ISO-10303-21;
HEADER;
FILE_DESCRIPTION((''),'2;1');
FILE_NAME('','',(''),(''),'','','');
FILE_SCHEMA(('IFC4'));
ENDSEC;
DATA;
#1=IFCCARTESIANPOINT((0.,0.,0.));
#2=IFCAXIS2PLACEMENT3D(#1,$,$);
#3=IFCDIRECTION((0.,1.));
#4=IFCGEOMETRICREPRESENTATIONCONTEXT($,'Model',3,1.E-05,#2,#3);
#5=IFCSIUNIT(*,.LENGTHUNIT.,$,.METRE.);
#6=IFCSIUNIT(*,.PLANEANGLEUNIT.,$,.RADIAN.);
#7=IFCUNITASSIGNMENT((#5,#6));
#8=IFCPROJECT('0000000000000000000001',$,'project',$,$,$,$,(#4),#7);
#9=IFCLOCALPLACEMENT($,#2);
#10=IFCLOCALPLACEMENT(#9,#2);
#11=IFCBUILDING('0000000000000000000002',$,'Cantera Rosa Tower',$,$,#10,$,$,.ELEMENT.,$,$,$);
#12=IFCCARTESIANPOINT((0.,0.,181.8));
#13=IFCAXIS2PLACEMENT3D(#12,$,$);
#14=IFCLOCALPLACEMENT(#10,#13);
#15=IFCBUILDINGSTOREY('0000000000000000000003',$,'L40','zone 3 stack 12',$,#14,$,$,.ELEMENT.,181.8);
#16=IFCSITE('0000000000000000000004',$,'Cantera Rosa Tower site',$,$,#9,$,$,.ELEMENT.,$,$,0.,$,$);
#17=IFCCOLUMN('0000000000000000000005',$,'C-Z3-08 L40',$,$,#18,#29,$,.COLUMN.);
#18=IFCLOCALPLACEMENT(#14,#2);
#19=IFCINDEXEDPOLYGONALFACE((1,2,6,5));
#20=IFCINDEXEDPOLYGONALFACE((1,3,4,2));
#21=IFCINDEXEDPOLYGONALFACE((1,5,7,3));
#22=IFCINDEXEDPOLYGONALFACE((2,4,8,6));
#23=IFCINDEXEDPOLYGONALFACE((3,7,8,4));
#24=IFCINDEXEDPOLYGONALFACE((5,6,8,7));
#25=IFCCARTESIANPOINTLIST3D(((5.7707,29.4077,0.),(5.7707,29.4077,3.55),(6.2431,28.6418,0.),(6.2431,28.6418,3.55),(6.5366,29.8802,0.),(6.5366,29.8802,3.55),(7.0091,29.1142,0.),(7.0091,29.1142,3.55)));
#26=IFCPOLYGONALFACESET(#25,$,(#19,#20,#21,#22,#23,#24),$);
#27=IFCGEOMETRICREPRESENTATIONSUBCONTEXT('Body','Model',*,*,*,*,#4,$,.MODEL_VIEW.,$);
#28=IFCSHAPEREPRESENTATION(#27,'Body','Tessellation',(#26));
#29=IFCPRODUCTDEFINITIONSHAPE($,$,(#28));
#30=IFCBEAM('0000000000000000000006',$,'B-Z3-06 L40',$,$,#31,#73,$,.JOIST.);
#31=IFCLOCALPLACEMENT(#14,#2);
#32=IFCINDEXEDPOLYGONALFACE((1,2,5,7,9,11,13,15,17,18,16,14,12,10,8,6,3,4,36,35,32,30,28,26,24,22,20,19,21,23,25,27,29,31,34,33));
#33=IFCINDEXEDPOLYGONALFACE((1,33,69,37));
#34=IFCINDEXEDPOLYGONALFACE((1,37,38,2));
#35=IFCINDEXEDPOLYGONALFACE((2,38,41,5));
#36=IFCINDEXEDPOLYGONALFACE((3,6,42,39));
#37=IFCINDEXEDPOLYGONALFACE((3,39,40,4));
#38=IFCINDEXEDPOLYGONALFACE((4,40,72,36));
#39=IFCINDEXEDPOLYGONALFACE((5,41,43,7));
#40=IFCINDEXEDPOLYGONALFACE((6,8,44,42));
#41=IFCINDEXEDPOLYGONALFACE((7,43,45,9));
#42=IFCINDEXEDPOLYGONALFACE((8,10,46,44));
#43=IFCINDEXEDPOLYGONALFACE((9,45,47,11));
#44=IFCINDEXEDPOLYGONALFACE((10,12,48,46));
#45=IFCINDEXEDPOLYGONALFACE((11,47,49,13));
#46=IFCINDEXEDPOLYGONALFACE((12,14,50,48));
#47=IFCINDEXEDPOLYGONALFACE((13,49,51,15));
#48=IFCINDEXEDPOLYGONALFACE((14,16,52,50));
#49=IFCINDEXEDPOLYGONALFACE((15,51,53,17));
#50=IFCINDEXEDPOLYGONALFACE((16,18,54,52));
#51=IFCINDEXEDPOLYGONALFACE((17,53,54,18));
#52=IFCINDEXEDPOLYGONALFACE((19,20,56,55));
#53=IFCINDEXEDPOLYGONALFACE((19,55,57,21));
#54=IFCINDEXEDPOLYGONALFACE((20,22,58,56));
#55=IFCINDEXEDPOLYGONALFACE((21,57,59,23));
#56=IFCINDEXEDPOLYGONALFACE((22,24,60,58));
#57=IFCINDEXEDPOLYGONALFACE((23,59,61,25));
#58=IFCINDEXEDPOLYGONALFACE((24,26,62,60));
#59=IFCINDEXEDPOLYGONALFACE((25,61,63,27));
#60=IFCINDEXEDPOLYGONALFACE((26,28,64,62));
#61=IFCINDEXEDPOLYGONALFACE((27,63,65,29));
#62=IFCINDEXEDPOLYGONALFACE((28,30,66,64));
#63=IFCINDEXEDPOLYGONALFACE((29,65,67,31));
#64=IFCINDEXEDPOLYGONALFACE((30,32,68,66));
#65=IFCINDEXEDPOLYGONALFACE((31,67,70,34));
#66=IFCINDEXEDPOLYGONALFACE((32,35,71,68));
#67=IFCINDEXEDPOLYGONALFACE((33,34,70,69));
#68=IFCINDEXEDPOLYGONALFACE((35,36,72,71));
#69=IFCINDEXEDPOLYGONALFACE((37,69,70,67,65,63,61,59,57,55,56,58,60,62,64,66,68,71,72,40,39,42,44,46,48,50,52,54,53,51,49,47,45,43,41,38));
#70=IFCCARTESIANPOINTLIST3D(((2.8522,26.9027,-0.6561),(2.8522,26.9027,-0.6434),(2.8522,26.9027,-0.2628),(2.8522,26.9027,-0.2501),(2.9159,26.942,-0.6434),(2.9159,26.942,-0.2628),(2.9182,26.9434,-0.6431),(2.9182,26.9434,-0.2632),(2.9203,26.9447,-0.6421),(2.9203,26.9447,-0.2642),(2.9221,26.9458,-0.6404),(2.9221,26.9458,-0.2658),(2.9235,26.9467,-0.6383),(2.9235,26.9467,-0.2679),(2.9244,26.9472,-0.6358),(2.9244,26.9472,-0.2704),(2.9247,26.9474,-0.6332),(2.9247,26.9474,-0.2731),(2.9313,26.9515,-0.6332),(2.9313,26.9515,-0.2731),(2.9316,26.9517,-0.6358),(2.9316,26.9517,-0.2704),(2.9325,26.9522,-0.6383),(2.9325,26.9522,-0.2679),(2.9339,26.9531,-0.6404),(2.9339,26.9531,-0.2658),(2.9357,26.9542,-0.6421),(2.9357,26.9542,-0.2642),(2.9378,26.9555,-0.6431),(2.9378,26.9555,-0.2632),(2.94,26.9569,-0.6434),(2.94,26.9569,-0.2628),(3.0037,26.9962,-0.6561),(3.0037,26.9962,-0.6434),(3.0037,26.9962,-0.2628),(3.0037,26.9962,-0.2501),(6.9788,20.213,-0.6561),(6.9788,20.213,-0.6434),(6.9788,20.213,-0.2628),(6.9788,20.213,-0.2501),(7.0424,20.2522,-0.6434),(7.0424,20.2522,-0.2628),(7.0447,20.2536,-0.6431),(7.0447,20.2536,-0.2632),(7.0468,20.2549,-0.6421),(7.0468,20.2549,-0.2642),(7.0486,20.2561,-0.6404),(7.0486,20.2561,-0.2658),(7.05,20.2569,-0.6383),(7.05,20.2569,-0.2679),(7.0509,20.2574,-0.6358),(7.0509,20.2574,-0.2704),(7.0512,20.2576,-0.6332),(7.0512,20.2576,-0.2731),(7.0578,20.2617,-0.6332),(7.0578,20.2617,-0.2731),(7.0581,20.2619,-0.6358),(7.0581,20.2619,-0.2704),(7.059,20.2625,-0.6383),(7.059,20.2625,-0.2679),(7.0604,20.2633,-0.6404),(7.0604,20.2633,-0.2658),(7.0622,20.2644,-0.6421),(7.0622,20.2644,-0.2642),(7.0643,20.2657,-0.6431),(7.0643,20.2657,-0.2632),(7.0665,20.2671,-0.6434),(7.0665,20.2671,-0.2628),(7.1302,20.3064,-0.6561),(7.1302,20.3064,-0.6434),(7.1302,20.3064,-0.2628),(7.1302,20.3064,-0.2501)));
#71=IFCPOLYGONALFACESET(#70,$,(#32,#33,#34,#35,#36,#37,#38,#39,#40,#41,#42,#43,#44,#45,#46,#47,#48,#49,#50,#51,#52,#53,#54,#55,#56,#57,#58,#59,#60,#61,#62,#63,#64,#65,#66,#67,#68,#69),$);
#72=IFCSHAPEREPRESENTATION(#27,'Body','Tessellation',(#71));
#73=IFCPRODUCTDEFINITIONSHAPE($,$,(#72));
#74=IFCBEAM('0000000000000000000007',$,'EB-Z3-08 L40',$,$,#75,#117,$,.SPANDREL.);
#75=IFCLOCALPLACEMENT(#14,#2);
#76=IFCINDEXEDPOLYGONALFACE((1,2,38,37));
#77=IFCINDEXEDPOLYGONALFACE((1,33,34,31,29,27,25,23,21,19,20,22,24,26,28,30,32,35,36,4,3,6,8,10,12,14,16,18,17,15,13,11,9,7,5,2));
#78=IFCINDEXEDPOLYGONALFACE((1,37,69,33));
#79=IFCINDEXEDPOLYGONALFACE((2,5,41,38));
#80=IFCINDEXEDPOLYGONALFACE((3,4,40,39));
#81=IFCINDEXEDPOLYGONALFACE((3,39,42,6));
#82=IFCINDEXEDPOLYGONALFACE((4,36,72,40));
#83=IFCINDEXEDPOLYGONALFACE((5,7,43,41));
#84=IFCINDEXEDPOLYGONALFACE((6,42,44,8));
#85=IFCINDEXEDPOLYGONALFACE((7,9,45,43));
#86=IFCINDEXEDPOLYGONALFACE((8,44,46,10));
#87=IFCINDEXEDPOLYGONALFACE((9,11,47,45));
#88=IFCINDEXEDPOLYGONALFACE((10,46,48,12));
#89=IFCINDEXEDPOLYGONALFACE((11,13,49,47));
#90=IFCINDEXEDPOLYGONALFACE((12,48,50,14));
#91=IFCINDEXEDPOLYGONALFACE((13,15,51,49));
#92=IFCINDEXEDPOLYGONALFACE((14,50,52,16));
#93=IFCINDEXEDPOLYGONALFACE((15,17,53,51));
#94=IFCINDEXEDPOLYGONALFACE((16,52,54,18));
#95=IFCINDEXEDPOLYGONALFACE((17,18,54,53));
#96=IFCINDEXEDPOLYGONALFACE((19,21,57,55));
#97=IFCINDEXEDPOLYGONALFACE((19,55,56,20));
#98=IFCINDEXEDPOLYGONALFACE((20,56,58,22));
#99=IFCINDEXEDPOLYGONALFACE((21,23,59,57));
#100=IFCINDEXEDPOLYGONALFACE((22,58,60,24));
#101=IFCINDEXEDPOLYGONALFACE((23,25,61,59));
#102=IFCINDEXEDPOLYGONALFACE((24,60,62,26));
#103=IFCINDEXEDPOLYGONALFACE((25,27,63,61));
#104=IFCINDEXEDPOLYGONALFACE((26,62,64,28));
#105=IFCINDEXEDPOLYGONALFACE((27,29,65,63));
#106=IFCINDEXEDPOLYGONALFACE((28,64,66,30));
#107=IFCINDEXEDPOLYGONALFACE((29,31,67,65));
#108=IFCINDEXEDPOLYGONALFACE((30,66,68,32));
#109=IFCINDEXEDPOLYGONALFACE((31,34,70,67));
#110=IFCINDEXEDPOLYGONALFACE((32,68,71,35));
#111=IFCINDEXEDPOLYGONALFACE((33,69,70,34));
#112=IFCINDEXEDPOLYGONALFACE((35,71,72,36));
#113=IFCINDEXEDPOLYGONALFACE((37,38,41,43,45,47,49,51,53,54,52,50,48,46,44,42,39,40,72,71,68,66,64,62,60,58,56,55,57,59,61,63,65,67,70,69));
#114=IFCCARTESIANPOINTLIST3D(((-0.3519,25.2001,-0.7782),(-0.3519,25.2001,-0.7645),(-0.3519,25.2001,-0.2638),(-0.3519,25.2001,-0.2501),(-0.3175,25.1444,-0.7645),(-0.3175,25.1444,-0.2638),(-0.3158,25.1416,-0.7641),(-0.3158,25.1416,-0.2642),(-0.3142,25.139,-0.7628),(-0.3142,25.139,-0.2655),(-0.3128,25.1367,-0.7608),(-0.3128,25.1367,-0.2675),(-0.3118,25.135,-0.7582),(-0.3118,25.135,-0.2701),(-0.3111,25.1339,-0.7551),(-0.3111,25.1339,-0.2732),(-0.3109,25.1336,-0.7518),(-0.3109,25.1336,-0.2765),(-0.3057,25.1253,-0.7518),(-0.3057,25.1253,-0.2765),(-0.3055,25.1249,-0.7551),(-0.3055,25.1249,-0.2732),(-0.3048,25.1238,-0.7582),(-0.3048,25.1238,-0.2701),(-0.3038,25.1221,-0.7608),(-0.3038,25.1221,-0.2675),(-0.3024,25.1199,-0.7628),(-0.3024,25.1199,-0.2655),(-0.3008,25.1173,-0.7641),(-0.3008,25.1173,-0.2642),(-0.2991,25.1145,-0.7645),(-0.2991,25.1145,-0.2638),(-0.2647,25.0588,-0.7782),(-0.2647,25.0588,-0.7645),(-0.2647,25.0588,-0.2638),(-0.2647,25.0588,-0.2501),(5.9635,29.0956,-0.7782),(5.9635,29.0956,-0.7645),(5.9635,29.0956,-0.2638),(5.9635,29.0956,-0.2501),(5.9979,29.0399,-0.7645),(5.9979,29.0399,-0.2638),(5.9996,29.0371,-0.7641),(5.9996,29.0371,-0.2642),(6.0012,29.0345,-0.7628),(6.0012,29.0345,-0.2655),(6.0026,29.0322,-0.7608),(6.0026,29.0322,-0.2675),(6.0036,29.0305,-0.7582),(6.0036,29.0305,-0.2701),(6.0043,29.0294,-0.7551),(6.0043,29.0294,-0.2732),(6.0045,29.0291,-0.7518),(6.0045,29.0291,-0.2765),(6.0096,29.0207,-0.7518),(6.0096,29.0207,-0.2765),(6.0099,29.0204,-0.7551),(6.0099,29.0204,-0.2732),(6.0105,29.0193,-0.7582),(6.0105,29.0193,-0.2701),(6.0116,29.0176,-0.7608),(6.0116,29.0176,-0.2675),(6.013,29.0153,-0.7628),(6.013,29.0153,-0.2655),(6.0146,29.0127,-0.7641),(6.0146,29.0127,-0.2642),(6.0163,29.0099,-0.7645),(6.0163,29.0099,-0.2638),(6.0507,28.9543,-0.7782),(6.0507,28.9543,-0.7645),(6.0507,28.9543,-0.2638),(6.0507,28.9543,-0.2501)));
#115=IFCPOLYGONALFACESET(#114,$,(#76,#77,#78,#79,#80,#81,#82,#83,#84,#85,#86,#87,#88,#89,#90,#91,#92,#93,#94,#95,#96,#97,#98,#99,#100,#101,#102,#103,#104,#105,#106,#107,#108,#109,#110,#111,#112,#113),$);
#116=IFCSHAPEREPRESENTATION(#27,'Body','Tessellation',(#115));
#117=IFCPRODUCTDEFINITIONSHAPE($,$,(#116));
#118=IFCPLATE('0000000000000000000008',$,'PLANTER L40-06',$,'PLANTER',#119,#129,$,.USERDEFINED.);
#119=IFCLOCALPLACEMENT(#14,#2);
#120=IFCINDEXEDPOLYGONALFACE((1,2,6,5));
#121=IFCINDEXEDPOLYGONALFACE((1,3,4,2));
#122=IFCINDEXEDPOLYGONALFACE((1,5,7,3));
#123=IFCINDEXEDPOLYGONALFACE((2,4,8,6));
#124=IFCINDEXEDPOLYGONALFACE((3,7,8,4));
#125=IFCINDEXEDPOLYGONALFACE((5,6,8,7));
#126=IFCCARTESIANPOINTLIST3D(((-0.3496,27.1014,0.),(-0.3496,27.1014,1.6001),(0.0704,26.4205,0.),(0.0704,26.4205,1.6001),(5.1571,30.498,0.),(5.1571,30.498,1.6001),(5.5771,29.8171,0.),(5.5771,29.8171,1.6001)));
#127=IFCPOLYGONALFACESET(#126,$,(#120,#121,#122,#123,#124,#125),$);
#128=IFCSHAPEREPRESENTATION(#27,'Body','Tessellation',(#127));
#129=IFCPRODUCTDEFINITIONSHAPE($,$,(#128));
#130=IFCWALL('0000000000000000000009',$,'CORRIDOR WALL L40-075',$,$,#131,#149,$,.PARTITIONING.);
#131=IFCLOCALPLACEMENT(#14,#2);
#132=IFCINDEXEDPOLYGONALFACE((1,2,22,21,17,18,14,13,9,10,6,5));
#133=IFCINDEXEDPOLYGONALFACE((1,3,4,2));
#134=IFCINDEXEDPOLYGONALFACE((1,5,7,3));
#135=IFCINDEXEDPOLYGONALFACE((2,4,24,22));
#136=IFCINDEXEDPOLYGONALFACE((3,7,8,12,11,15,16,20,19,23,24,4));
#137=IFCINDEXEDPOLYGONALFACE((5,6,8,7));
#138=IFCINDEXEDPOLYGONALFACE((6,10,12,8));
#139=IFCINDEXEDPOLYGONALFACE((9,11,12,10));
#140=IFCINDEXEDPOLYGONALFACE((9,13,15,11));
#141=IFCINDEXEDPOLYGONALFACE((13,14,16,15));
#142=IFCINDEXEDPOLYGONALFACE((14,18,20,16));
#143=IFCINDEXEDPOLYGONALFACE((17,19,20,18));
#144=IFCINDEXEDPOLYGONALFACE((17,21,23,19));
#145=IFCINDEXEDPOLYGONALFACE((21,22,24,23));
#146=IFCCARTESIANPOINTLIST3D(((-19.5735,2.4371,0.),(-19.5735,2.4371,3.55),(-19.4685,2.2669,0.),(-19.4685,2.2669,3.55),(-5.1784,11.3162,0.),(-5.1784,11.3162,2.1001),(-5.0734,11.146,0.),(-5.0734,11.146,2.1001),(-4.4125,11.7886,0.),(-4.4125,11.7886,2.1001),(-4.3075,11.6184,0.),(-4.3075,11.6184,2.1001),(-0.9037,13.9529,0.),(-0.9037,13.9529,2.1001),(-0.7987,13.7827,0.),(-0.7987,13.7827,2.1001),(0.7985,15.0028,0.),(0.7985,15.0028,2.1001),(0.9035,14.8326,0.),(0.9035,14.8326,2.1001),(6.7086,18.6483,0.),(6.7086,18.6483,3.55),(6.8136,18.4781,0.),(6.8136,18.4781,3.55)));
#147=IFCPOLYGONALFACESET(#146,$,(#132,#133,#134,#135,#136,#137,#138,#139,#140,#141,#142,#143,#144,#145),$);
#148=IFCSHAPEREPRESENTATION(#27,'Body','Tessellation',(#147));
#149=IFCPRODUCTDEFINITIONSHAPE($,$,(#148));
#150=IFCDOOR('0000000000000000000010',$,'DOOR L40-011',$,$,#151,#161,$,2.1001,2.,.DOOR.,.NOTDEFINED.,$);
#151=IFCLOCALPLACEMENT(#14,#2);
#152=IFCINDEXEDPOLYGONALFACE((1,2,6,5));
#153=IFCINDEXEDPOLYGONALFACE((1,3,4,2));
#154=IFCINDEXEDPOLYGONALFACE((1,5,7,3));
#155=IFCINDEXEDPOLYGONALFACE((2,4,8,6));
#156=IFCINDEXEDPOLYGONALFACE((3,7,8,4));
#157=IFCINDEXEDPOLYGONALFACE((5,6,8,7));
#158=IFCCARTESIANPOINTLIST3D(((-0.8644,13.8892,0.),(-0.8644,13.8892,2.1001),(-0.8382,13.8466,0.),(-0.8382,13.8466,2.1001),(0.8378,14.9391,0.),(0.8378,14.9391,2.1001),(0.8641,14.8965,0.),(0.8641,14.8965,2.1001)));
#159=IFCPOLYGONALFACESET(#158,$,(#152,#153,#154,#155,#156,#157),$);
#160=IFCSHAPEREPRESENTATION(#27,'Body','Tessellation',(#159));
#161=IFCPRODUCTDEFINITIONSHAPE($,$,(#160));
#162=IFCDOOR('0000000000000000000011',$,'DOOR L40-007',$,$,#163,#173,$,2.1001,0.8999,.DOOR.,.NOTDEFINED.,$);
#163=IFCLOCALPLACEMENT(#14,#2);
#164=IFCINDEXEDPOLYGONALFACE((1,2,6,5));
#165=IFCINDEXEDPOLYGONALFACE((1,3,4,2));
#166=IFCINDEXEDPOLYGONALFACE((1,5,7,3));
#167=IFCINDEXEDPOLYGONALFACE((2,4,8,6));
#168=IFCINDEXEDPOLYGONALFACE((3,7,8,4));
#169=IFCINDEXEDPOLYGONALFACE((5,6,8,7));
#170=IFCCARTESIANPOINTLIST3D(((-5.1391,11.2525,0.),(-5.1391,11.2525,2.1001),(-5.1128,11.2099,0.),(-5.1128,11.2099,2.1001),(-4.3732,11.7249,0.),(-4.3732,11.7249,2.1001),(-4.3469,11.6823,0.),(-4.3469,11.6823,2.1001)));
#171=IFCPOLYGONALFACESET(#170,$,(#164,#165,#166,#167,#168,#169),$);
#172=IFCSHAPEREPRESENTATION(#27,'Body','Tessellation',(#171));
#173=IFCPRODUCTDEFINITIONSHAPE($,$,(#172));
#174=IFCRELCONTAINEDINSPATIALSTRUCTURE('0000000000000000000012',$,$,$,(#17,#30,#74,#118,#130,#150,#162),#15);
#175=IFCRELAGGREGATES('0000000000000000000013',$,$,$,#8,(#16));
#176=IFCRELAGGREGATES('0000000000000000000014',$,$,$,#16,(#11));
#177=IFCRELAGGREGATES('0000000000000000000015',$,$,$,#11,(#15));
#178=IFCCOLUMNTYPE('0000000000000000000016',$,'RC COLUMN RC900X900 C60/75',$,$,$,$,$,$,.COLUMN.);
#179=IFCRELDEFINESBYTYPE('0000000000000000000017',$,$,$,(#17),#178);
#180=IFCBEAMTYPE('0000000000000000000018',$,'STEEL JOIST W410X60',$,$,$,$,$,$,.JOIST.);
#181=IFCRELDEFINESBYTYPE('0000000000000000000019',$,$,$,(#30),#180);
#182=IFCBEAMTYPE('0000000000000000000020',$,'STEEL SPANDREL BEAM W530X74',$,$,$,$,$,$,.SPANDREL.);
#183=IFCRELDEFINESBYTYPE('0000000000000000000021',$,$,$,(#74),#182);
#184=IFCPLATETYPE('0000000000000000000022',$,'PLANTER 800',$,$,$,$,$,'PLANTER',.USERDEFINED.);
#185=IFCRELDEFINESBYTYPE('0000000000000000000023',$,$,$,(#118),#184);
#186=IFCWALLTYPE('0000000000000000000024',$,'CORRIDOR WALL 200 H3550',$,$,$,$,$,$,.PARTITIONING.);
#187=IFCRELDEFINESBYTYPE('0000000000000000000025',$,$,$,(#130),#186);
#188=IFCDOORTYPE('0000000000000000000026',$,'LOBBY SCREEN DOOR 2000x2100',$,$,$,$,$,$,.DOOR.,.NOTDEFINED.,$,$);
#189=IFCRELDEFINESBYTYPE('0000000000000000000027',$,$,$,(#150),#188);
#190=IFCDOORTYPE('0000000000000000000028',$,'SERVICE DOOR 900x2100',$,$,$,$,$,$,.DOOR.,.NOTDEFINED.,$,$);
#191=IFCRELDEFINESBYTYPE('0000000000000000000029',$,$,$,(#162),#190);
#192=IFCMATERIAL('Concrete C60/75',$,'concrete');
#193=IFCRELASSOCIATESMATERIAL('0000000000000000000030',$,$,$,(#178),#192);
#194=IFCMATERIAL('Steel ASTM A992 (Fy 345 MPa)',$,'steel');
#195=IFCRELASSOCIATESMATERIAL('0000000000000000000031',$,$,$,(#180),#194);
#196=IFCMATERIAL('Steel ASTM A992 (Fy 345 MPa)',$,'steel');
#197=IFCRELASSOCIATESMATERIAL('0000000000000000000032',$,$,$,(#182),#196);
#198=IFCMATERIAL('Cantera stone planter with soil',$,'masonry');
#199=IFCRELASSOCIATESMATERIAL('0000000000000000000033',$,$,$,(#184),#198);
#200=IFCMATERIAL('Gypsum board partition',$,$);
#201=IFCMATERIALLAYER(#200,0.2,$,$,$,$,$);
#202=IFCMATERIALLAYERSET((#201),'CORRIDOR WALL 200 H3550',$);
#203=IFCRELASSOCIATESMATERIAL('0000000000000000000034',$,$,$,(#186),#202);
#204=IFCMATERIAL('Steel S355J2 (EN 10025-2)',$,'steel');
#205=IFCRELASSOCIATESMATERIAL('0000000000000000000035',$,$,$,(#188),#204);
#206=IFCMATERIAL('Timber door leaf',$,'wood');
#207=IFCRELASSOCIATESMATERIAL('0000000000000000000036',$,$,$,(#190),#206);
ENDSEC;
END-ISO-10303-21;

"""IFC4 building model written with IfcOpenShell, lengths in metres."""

from ifc_helpers import new_model, si_unit, direction, frame, frame_2d, origin, origin_2d, place, context, subcontext, project, spatial, rectangle, i_section, extrude, material, layer, layer_set, material_profile, profile_set, type_object, element, fill, save


model = new_model("IFC4")

# Units and contexts
model_context = context("Model", 3, precision=1e-05, world=origin(), true_north=direction((0.0, 1.0)))
body_context = subcontext(model_context, "Body", "Model", "MODEL_VIEW")
ifc_project = project(units=[si_unit("LENGTHUNIT", "METRE"), si_unit("PLANEANGLEUNIT", "RADIAN")], contexts=[model_context])

# Site, building, storey
site_placement = place(None, origin())
site = spatial("IfcSite", under=ifc_project, at=site_placement, Name="Cantera Rosa Tower site", CompositionType="ELEMENT", RefElevation=0.0)
building_placement = place(site_placement, origin())
building = spatial("IfcBuilding", under=site, at=building_placement, Name="Cantera Rosa Tower", CompositionType="ELEMENT")
storey_placement = place(building_placement, frame((0.0, 0.0, 181.8)))
storey = spatial("IfcBuildingStorey", under=building, at=storey_placement, Name="L40", Description="zone 3 stack 12", CompositionType="ELEMENT", Elevation=181.8)

# Column
ifc_material_1 = material(Name="Concrete C60/75", Category="concrete")
ifc_material_profile_1 = material_profile(ifc_material_1, rectangle(XDim=0.8999, YDim=0.8999, at=origin_2d()), Name="RC COLUMN RC900X900 C60/75")
ifc_profile_set_1 = profile_set([ifc_material_profile_1], Name="Concrete C60/75")
column_type = type_object("IfcColumnType", Name="RC COLUMN RC900X900 C60/75", PredefinedType="COLUMN", material=ifc_profile_set_1)
column_placement = place(storey_placement, frame((6.3899, 29.261, 0.0), z_axis=(0.0, 0.0, 1.0), x_axis=(0.851117, 0.524977, 0.0)))
element("IfcColumn", 1, at=column_placement, inside=storey, type_object=column_type, Name="C-Z3-08 L40", PredefinedType="COLUMN", context=body_context, shape_type="SweptSolid", body=[
    extrude(rectangle(XDim=0.8999, YDim=0.8999, at=origin_2d()), origin(), (0.0, 0.0, 1.0), 3.55),
])

# Beams
ifc_material_2 = material(Name="Steel ASTM A992 (Fy 345 MPa)", Category="steel")
ifc_material_profile_2 = material_profile(ifc_material_2, i_section(OverallWidth=0.178, OverallDepth=0.406, WebThickness=0.0078, FlangeThickness=0.0127, FilletRadius=0.0103, at=origin_2d()), Name="W410X60")
ifc_profile_set_2 = profile_set([ifc_material_profile_2], Name="Steel ASTM A992 (Fy 345 MPa)")
beam_type_1 = type_object("IfcBeamType", Name="STEEL JOIST W410X60", PredefinedType="JOIST", material=ifc_profile_set_2)
beam_1_placement = place(storey_placement, frame((2.928, 26.9495, -0.4531), z_axis=(0.524995, -0.851105, 0.0), x_axis=(0.851105, 0.524995, 0.0)))
element("IfcBeam", 2, at=beam_1_placement, inside=storey, type_object=beam_type_1, Name="B-Z3-06 L40", PredefinedType="JOIST", context=body_context, shape_type="SweptSolid", body=[
    extrude(i_section(OverallWidth=0.178, OverallDepth=0.406, WebThickness=0.0078, FlangeThickness=0.0127, FilletRadius=0.0103, at=origin_2d()), origin(), (0.0, 0.0, 1.0), 7.8601),
])
ifc_material_3 = material(Name="Steel ASTM A992 (Fy 345 MPa)", Category="steel")
ifc_material_profile_3 = material_profile(ifc_material_3, i_section(OverallWidth=0.166, OverallDepth=0.5281, WebThickness=0.0098, FlangeThickness=0.0137, FilletRadius=0.0127, at=origin_2d()), Name="W530X74")
ifc_profile_set_3 = profile_set([ifc_material_profile_3], Name="Steel ASTM A992 (Fy 345 MPa)")
beam_type_2 = type_object("IfcBeamType", Name="STEEL SPANDREL BEAM W530X74", PredefinedType="SPANDREL", material=ifc_profile_set_3)
beam_2_placement = place(storey_placement, frame((6.0071, 29.0249, -0.5142), z_axis=(-0.851111, -0.524986, 0.0), x_axis=(0.524986, -0.851111, 0.0)))
element("IfcBeam", 3, at=beam_2_placement, inside=storey, type_object=beam_type_2, Name="EB-Z3-08 L40", PredefinedType="SPANDREL", context=body_context, shape_type="SweptSolid", body=[
    extrude(i_section(OverallWidth=0.166, OverallDepth=0.5281, WebThickness=0.0098, FlangeThickness=0.0137, FilletRadius=0.0127, at=origin_2d()), origin(), (0.0, 0.0, 1.0), 7.4202),
])

# Plate
ifc_material_4 = material(Name="Cantera stone planter with soil", Category="masonry")
plate_type = type_object("IfcPlateType", Name="PLANTER 800", ElementType="PLANTER", PredefinedType="USERDEFINED", material=ifc_material_4)
plate_placement = place(storey_placement, frame((2.6138, 28.4592, 0.0), z_axis=(0.0, 0.0, 1.0), x_axis=(-0.851117, -0.524977, 0.0)))
element("IfcPlate", 4, at=plate_placement, inside=storey, type_object=plate_type, Name="PLANTER L40-06", ObjectType="PLANTER", PredefinedType="USERDEFINED", context=body_context, shape_type="SweptSolid", body=[
    extrude(rectangle(XDim=6.47, YDim=0.8, at=origin_2d()), origin(), (0.0, 0.0, 1.0), 1.6001),
])

# Wall, openings, doors
ifc_material_5 = material(Name="Gypsum board partition")
ifc_layer_1 = layer(ifc_material_5, 0.2)
ifc_layer_set_1 = layer_set([ifc_layer_1], Name="CORRIDOR WALL 200 H3550")
wall_type_1 = type_object("IfcWallType", Name="CORRIDOR WALL 200 H3550", PredefinedType="PARTITIONING", material=ifc_layer_set_1)
wall_1_placement = place(storey_placement, frame((6.7612, 18.5632, 0.0), z_axis=(0.0, 0.0, 1.0), x_axis=(-0.851116, -0.524978, 0.0)))
wall_1 = element("IfcWall", 5, at=wall_1_placement, inside=storey, type_object=wall_type_1, Name="CORRIDOR WALL L40-075", PredefinedType="PARTITIONING", context=body_context, shape_type="SweptSolid", body=[
    extrude(rectangle(XDim=30.8796, YDim=0.2, at=frame_2d((15.4399, 0.0))), origin(), (0.0, 0.0, 1.0), 3.55),
])
opening_1_placement = place(wall_1_placement, frame((13.0667, 0.0, 0.0)))
opening_1 = element("IfcOpeningElement", 6, at=opening_1_placement, cuts=wall_1, PredefinedType="OPENING", context=body_context, shape_type="SweptSolid", body=[
    extrude(rectangle(XDim=0.8999, YDim=2.1001, at=frame_2d((0.45, 1.05))), frame((0.0, 0.1099, 0.0), z_axis=(0.0, -1.0, 0.0), x_axis=(1.0, 0.0, 0.0)), (0.0, 0.0, 1.0), 0.22),
])
opening_2_placement = place(wall_1_placement, frame((6.9441, 0.0, 0.0)))
opening_2 = element("IfcOpeningElement", 7, at=opening_2_placement, cuts=wall_1, PredefinedType="OPENING", context=body_context, shape_type="SweptSolid", body=[
    extrude(rectangle(XDim=2.0, YDim=2.1001, at=frame_2d((1.0, 1.05))), frame((0.0, 0.1099, 0.0), z_axis=(0.0, -1.0, 0.0), x_axis=(1.0, 0.0, 0.0)), (0.0, 0.0, 1.0), 0.22),
])
ifc_material_6 = material(Name="Steel S355J2 (EN 10025-2)", Category="steel")
door_type_1 = type_object("IfcDoorType", Name="LOBBY SCREEN DOOR 2000x2100", OperationType="NOTDEFINED", PredefinedType="DOOR", material=ifc_material_6)
door_1_placement = place(opening_2_placement, origin())
door_1 = element("IfcDoor", 8, at=door_1_placement, inside=storey, type_object=door_type_1, Name="DOOR L40-011", OperationType="NOTDEFINED", OverallHeight=2.1001, OverallWidth=2.0, PredefinedType="DOOR", context=body_context, shape_type="SweptSolid", body=[
    extrude(rectangle(XDim=2.0, YDim=2.1001, at=frame_2d((1.0, 1.05))), frame((0.0, 0.0249, 0.0), z_axis=(0.0, -1.0, 0.0), x_axis=(1.0, 0.0, 0.0)), (0.0, 0.0, 1.0), 0.05),
])
fill(opening_2, door_1)
ifc_material_7 = material(Name="Timber door leaf", Category="wood")
door_type_2 = type_object("IfcDoorType", Name="SERVICE DOOR 900x2100", OperationType="NOTDEFINED", PredefinedType="DOOR", material=ifc_material_7)
door_2_placement = place(opening_1_placement, origin())
door_2 = element("IfcDoor", 9, at=door_2_placement, inside=storey, type_object=door_type_2, Name="DOOR L40-007", OperationType="NOTDEFINED", OverallHeight=2.1001, OverallWidth=0.8999, PredefinedType="DOOR", context=body_context, shape_type="SweptSolid", body=[
    extrude(rectangle(XDim=0.8999, YDim=2.1001, at=frame_2d((0.45, 1.05))), frame((0.0, 0.0249, 0.0), z_axis=(0.0, -1.0, 0.0), x_axis=(1.0, 0.0, 0.0)), (0.0, 0.0, 1.0), 0.05),
])
fill(opening_1, door_2)

save(model, "model.ifc")
